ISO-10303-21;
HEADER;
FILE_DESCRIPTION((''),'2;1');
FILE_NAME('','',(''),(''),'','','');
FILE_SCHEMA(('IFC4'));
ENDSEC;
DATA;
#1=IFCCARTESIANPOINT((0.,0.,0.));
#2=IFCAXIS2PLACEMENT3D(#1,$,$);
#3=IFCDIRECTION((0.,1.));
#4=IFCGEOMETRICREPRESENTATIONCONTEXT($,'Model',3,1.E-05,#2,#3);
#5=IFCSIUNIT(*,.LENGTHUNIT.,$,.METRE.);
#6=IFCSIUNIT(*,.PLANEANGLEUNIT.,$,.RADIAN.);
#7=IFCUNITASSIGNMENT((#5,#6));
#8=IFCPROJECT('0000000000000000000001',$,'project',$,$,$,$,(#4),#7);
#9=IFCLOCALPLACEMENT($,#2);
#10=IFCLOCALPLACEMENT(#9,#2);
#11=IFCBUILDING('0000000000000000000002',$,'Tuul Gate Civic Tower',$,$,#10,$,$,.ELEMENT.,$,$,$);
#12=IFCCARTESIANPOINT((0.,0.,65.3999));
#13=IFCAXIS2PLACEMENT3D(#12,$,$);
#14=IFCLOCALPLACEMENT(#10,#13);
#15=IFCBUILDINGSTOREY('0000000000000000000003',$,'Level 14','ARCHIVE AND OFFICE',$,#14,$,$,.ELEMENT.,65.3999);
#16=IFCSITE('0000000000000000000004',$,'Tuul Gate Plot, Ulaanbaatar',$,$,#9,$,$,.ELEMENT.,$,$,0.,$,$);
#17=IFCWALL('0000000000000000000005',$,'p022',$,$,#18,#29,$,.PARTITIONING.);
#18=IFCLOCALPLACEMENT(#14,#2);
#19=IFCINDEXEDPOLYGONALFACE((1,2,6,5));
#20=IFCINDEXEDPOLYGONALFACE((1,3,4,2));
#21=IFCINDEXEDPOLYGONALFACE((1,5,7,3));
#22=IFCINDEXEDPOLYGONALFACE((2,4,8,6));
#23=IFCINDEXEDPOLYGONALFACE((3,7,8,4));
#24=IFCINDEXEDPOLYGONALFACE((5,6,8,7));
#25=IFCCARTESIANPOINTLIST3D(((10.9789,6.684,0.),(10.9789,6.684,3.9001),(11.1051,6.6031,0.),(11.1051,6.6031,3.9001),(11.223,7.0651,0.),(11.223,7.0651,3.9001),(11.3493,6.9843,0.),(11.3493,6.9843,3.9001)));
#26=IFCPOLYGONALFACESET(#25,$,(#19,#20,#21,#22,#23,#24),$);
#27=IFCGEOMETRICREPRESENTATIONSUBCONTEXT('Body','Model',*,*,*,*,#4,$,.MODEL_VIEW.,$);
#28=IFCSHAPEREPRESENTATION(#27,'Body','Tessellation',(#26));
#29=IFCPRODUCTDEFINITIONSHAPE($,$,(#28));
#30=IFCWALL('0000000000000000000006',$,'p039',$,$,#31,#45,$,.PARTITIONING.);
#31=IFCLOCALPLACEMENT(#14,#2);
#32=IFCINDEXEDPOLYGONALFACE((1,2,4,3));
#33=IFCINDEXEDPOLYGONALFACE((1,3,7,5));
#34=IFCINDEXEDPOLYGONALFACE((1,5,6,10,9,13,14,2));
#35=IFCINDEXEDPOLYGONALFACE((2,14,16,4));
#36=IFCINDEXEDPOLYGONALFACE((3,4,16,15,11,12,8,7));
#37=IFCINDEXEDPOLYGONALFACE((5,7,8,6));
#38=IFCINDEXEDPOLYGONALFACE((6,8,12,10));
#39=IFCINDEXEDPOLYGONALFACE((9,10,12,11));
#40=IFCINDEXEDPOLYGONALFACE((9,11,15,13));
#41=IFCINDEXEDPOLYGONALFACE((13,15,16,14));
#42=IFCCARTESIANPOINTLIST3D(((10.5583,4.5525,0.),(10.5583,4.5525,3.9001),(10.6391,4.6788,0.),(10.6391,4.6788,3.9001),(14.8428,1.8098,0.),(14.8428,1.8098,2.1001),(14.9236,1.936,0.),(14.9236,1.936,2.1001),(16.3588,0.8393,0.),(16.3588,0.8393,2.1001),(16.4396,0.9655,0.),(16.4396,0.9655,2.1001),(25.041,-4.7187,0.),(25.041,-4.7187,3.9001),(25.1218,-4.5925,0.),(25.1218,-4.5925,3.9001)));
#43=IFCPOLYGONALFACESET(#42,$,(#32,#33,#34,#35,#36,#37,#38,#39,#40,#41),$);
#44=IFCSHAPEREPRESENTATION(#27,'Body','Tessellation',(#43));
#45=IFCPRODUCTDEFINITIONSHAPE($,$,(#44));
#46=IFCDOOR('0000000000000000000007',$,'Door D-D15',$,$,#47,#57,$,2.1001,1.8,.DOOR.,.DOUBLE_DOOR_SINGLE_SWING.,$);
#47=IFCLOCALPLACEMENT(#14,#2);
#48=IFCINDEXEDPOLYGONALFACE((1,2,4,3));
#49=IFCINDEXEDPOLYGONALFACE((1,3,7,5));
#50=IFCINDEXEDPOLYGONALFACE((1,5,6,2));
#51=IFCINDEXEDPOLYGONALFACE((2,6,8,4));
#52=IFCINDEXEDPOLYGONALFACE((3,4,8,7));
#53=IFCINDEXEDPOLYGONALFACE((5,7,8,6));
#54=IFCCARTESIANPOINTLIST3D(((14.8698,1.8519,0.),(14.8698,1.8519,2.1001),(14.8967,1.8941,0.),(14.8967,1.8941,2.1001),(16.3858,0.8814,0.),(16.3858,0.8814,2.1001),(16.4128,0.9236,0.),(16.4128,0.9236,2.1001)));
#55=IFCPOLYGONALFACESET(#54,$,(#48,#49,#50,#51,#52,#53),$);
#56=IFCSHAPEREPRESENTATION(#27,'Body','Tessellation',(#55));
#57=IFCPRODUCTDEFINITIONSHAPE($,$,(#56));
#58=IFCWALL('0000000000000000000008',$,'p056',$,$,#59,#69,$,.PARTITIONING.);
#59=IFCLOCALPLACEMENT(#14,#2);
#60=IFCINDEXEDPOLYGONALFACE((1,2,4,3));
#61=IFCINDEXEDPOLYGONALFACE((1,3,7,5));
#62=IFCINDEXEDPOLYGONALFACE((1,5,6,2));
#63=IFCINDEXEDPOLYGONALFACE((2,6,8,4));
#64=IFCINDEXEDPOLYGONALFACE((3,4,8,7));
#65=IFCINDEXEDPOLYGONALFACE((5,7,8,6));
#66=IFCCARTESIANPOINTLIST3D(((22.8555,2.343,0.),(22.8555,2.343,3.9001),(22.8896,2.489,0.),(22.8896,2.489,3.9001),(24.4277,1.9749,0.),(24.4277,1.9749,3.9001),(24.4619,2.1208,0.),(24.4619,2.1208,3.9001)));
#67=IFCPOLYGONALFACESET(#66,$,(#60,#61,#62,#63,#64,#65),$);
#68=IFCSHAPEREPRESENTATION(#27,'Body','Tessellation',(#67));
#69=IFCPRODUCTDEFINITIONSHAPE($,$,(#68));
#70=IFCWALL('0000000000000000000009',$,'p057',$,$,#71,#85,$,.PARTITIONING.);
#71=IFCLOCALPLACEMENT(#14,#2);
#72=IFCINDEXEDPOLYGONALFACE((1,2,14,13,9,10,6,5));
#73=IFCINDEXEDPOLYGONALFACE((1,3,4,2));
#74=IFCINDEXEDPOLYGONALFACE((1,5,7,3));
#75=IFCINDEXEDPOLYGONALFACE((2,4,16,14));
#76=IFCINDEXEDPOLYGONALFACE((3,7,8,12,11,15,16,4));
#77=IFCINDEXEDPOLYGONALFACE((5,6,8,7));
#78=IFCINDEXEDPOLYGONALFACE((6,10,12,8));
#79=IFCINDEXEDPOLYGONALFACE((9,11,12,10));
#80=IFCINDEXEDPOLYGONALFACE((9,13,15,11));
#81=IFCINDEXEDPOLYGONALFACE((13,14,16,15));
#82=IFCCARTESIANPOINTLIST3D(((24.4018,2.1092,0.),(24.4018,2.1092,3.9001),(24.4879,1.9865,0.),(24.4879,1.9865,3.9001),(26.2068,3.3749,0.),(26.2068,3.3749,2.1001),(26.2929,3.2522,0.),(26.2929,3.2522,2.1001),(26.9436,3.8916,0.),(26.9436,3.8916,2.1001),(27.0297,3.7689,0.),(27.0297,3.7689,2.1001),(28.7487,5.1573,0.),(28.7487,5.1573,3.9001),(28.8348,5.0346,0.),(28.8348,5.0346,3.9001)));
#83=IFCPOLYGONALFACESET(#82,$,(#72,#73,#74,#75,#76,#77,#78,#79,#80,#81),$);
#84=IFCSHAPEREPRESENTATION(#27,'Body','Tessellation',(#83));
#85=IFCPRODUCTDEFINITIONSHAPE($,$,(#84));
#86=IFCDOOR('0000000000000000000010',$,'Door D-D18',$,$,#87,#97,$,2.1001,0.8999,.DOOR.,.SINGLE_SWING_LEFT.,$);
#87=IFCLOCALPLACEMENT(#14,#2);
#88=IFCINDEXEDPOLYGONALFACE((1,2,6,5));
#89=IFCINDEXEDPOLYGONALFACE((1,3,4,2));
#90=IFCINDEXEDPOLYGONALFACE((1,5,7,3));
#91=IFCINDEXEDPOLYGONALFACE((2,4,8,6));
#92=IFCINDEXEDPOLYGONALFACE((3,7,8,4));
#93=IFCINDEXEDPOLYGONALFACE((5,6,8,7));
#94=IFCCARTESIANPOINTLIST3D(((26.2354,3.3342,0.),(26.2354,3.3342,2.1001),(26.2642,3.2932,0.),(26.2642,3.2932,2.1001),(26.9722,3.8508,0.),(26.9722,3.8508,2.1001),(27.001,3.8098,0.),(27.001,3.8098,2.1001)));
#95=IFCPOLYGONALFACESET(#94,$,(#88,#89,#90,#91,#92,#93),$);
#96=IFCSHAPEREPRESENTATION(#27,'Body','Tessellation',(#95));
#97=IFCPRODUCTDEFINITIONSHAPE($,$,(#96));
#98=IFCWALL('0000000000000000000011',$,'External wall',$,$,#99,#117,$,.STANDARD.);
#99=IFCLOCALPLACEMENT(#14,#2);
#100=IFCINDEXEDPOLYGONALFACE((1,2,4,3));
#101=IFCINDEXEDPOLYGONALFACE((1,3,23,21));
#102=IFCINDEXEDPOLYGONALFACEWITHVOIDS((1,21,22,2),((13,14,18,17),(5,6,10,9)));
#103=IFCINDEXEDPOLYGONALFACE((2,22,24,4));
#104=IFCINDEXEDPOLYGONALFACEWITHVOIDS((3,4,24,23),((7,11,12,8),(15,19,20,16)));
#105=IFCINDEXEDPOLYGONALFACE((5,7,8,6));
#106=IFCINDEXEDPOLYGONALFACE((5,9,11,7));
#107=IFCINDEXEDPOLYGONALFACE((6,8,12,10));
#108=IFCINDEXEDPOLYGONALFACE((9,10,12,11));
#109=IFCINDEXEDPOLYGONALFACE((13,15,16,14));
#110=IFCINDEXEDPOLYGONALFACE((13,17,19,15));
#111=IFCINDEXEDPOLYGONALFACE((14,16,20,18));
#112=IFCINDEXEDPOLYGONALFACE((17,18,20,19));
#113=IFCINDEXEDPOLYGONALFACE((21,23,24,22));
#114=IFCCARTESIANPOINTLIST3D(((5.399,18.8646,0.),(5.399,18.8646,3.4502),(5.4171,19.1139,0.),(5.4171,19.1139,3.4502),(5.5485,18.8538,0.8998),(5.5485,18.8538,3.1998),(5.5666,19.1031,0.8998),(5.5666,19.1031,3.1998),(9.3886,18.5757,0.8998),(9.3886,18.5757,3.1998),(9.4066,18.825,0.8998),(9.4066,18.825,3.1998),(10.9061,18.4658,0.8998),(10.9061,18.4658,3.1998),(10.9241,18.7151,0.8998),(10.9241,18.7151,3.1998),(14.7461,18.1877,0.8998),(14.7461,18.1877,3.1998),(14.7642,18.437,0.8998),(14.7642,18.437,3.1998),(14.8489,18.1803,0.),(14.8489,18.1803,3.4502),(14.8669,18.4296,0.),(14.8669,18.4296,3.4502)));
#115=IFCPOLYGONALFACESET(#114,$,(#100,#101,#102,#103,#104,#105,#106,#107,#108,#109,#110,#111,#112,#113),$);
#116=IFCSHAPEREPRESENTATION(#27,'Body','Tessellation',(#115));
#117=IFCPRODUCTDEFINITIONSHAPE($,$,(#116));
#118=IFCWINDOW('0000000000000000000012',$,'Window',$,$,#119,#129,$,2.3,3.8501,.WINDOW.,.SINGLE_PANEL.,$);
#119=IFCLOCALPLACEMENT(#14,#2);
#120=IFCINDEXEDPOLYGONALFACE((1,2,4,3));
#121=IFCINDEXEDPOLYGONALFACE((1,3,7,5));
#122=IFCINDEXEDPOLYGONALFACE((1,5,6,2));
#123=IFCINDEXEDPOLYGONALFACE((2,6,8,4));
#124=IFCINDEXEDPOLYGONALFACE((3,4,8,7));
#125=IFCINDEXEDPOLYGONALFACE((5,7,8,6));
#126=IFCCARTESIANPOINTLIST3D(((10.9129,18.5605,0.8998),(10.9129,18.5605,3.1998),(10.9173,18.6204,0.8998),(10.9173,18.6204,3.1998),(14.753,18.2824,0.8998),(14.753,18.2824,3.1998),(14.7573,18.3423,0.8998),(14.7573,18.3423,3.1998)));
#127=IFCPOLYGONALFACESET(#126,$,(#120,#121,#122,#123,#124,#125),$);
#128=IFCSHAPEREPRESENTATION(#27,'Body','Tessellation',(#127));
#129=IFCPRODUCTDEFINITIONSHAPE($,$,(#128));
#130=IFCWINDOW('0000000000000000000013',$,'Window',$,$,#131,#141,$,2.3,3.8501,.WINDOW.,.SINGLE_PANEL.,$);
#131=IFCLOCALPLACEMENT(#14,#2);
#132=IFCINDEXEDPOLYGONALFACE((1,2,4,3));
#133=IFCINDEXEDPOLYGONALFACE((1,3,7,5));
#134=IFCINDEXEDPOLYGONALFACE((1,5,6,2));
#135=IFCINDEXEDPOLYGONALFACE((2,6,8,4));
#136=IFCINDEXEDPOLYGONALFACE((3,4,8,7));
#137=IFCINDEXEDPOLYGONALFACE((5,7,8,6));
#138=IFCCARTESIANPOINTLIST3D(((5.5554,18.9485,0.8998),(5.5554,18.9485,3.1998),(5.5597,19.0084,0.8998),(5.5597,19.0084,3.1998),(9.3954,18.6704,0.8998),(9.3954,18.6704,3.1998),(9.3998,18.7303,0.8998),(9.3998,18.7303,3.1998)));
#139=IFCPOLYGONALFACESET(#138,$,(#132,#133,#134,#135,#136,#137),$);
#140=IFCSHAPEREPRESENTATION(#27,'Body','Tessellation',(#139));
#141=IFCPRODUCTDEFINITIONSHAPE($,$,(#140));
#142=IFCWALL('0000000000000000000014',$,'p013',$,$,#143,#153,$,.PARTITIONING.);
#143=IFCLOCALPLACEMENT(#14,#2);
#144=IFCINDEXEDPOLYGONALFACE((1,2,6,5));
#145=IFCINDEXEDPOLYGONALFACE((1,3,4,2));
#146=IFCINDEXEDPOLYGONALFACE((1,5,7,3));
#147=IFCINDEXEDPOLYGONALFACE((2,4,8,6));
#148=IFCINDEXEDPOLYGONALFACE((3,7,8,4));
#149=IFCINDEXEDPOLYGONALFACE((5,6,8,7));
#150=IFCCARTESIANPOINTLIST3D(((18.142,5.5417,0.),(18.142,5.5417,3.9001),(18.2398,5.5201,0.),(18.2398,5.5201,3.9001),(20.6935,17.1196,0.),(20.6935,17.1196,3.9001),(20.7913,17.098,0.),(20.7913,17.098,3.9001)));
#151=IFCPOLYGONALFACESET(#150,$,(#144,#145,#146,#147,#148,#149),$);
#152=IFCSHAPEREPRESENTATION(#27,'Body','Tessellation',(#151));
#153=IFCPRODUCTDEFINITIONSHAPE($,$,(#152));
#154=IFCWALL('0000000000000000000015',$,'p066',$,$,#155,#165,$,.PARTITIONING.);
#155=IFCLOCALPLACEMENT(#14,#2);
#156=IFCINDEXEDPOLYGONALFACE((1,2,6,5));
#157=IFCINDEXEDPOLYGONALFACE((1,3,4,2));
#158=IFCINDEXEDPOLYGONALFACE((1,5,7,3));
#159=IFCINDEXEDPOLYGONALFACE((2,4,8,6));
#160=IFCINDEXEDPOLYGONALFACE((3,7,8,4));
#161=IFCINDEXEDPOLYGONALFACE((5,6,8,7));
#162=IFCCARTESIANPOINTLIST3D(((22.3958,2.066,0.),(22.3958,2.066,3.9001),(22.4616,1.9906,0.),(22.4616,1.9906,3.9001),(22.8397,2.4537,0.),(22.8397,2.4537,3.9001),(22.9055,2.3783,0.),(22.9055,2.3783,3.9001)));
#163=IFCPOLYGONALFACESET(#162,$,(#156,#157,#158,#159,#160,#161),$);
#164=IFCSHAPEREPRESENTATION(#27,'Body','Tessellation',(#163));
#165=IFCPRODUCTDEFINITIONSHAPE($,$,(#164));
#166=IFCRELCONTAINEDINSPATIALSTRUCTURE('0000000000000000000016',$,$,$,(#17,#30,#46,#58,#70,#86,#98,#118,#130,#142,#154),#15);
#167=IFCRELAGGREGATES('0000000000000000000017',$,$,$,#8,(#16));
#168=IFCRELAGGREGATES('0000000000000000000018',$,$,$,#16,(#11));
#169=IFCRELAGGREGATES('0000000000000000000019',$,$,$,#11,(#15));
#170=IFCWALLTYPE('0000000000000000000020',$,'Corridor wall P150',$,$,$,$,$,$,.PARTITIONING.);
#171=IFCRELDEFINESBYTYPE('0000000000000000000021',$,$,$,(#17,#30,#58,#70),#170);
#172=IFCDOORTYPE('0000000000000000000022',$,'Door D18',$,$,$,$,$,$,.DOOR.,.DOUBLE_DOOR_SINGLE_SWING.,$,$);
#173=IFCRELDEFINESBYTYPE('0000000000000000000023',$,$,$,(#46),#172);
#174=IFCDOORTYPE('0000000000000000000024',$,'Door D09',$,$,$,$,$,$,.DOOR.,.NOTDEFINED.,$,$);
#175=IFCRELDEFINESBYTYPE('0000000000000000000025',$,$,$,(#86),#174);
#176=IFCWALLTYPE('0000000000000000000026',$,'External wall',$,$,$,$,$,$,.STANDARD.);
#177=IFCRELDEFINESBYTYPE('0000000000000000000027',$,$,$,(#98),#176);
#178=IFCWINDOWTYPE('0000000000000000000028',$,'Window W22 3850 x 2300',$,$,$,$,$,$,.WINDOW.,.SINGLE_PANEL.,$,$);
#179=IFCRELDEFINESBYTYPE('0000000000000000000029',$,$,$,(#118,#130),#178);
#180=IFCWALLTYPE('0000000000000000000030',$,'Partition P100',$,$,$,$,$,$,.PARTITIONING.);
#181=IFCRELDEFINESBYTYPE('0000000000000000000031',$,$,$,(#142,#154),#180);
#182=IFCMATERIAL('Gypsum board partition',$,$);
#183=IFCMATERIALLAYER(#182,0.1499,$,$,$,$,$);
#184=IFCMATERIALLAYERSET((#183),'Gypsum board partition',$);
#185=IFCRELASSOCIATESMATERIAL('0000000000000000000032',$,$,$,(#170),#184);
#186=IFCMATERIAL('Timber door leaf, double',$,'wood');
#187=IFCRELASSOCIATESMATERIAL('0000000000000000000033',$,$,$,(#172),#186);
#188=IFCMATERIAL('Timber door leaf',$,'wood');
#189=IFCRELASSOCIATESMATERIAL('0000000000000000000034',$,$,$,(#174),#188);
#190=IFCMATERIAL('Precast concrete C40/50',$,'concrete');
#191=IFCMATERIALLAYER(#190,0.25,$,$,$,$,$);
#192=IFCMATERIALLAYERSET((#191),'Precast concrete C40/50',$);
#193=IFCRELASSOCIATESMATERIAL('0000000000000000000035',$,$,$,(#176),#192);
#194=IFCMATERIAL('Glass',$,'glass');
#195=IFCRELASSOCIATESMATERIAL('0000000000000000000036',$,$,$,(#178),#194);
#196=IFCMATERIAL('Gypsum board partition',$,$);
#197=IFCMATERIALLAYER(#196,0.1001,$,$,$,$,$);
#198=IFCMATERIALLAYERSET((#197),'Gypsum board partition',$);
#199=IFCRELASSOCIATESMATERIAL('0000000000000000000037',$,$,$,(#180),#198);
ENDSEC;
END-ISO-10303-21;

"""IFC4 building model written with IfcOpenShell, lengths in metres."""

from ifc_helpers import new_model, si_unit, direction, frame, frame_2d, origin, place, context, subcontext, project, spatial, rectangle, extrude, material, layer, layer_set, type_object, element, fill, save


model = new_model("IFC4")

# Units and contexts
model_context = context("Model", 3, precision=1e-05, world=origin(), true_north=direction((0.0, 1.0)))
body_context = subcontext(model_context, "Body", "Model", "MODEL_VIEW")
ifc_project = project(units=[si_unit("LENGTHUNIT", "METRE"), si_unit("PLANEANGLEUNIT", "RADIAN")], contexts=[model_context])

# Site, building, storey
site_placement = place(None, origin())
site = spatial("IfcSite", under=ifc_project, at=site_placement, Name="Tuul Gate Plot, Ulaanbaatar", CompositionType="ELEMENT", RefElevation=0.0)
building_placement = place(site_placement, origin())
building = spatial("IfcBuilding", under=site, at=building_placement, Name="Tuul Gate Civic Tower", CompositionType="ELEMENT")
storey_placement = place(building_placement, frame((0.0, 0.0, 65.3999)))
storey = spatial("IfcBuildingStorey", under=building, at=storey_placement, Name="Level 14", Description="ARCHIVE AND OFFICE", CompositionType="ELEMENT", Elevation=65.3999)

# Shared definitions
ifc_material_1 = material(Name="Gypsum board partition")
ifc_layer_1 = layer(ifc_material_1, 0.1499)
ifc_layer_set_1 = layer_set([ifc_layer_1], Name="Gypsum board partition")
wall_type_1 = type_object("IfcWallType", Name="Corridor wall P150", PredefinedType="PARTITIONING", material=ifc_layer_set_1)
ifc_material_2 = material(Name="Timber door leaf, double", Category="wood")
door_type_1 = type_object("IfcDoorType", Name="Door D18", OperationType="DOUBLE_DOOR_SINGLE_SWING", PredefinedType="DOOR", material=ifc_material_2)

# Wall
wall_1_placement = place(storey_placement, frame((11.042, 6.6436, 0.0), z_axis=(0.0, 0.0, 1.0), x_axis=(0.539421, 0.842036, 0.0)))
element("IfcWall", 1, at=wall_1_placement, inside=storey, type_object=wall_type_1, Name="p022", PredefinedType="PARTITIONING", context=body_context, shape_type="SweptSolid", body=[
    extrude(rectangle(XDim=0.4526, YDim=0.1499, at=frame_2d((0.2263, 0.0))), origin(), (0.0, 0.0, 1.0), 3.9001),
])

# Wall, opening, door
wall_2_placement = place(storey_placement, frame((10.5986, 4.6157, 0.0), z_axis=(0.0, 0.0, 1.0), x_axis=(0.84221, -0.53915, 0.0)))
wall_2 = element("IfcWall", 2, at=wall_2_placement, inside=storey, type_object=wall_type_1, Name="p039", PredefinedType="PARTITIONING", context=body_context, shape_type="SweptSolid", body=[
    extrude(rectangle(XDim=17.196, YDim=0.1499, at=frame_2d((8.5981, 0.0))), origin(), (0.0, 0.0, 1.0), 3.9001),
])
opening_1_placement = place(wall_2_placement, frame((5.0874, 0.0, 0.0)))
opening_1 = element("IfcOpeningElement", 3, at=opening_1_placement, cuts=wall_2, PredefinedType="OPENING", context=body_context, shape_type="SweptSolid", body=[
    extrude(rectangle(XDim=1.8, YDim=2.1001, at=frame_2d((0.8999, 1.05))), frame((0.0, 0.085, 0.0), z_axis=(0.0, -1.0, 0.0), x_axis=(1.0, 0.0, 0.0)), (0.0, 0.0, 1.0), 0.1699),
])
door_1_placement = place(opening_1_placement, frame((1.8, 0.0, 0.0), z_axis=(0.0, 0.0, 1.0), x_axis=(-1.0, 0.0, 0.0)))
door_1 = element("IfcDoor", 4, at=door_1_placement, inside=storey, type_object=door_type_1, Name="Door D-D15", OperationType="DOUBLE_DOOR_SINGLE_SWING", OverallHeight=2.1001, OverallWidth=1.8, PredefinedType="DOOR", context=body_context, shape_type="SweptSolid", body=[
    extrude(rectangle(XDim=1.8, YDim=2.1001, at=frame_2d((0.9001, 1.05))), frame((0.0, 0.0249, 0.0), z_axis=(0.0, -1.0, 0.0), x_axis=(1.0, 0.0, 0.0)), (0.0, 0.0, 1.0), 0.05),
])
fill(opening_1, door_1)

# Wall
wall_3_placement = place(storey_placement, frame((22.8726, 2.416, 0.0), z_axis=(0.0, 0.0, 1.0), x_axis=(0.973662, -0.227994, 0.0)))
element("IfcWall", 5, at=wall_3_placement, inside=storey, type_object=wall_type_1, Name="p056", PredefinedType="PARTITIONING", context=body_context, shape_type="SweptSolid", body=[
    extrude(rectangle(XDim=1.6147, YDim=0.1499, at=frame_2d((0.8074, 0.0))), origin(), (0.0, 0.0, 1.0), 3.9001),
])

# Wall, opening, door
wall_4_placement = place(storey_placement, frame((24.4448, 2.0479, 0.0), z_axis=(0.0, 0.0, 1.0), x_axis=(0.818767, 0.574126, 0.0)))
wall_4 = element("IfcWall", 6, at=wall_4_placement, inside=storey, type_object=wall_type_1, Name="p057", PredefinedType="PARTITIONING", context=body_context, shape_type="SweptSolid", body=[
    extrude(rectangle(XDim=5.3091, YDim=0.1499, at=frame_2d((2.6545, 0.0))), origin(), (0.0, 0.0, 1.0), 3.9001),
])
opening_2_placement = place(wall_4_placement, frame((2.2046, 0.0, 0.0)))
opening_2 = element("IfcOpeningElement", 7, at=opening_2_placement, cuts=wall_4, PredefinedType="OPENING", context=body_context, shape_type="SweptSolid", body=[
    extrude(rectangle(XDim=0.8999, YDim=2.1001, at=frame_2d((0.45, 1.05))), frame((0.0, 0.085, 0.0), z_axis=(0.0, -1.0, 0.0), x_axis=(1.0, 0.0, 0.0)), (0.0, 0.0, 1.0), 0.1699),
])
ifc_material_3 = material(Name="Timber door leaf", Category="wood")
door_type_2 = type_object("IfcDoorType", Name="Door D09", OperationType="NOTDEFINED", PredefinedType="DOOR", material=ifc_material_3)
door_2_placement = place(opening_2_placement, frame((0.8999, 0.0, 0.0), z_axis=(0.0, 0.0, 1.0), x_axis=(-1.0, 0.0, 0.0)))
door_2 = element("IfcDoor", 8, at=door_2_placement, inside=storey, type_object=door_type_2, Name="Door D-D18", OperationType="SINGLE_SWING_LEFT", OverallHeight=2.1001, OverallWidth=0.8999, PredefinedType="DOOR", context=body_context, shape_type="SweptSolid", body=[
    extrude(rectangle(XDim=0.8999, YDim=2.1001, at=frame_2d((0.45, 1.05))), frame((0.0, 0.0249, 0.0), z_axis=(0.0, -1.0, 0.0), x_axis=(1.0, 0.0, 0.0)), (0.0, 0.0, 1.0), 0.05),
])
fill(opening_2, door_2)

# Wall, openings, windows
ifc_material_4 = material(Name="Precast concrete C40/50", Category="concrete")
ifc_layer_2 = layer(ifc_material_4, 0.25)
ifc_layer_set_2 = layer_set([ifc_layer_2], Name="Precast concrete C40/50")
wall_type_2 = type_object("IfcWallType", Name="External wall", PredefinedType="STANDARD", material=ifc_layer_set_2)
wall_5_placement = place(storey_placement, frame((14.8579, 18.3049, 0.0), z_axis=(0.0, 0.0, 1.0), x_axis=(-0.997388, 0.072227, 0.0)))
wall_5 = element("IfcWall", 9, at=wall_5_placement, inside=storey, type_object=wall_type_2, Name="External wall", PredefinedType="STANDARD", context=body_context, shape_type="SweptSolid", body=[
    extrude(rectangle(XDim=9.4746, YDim=0.25, at=frame_2d((4.7373, 0.0))), origin(), (0.0, 0.0, 1.0), 3.4502),
])
opening_3_placement = place(wall_5_placement, frame((0.103, 0.0, 0.8999)))
opening_3 = element("IfcOpeningElement", 10, at=opening_3_placement, cuts=wall_5, PredefinedType="OPENING", context=body_context, shape_type="SweptSolid", body=[
    extrude(rectangle(XDim=3.8501, YDim=2.3, at=frame_2d((1.925, 1.1499))), frame((0.0, 0.135, 0.0), z_axis=(0.0, -1.0, 0.0), x_axis=(1.0, 0.0, 0.0)), (0.0, 0.0, 1.0), 0.27),
])
opening_4_placement = place(wall_5_placement, frame((5.4746, 0.0, 0.8999)))
opening_4 = element("IfcOpeningElement", 11, at=opening_4_placement, cuts=wall_5, PredefinedType="OPENING", context=body_context, shape_type="SweptSolid", body=[
    extrude(rectangle(XDim=3.8501, YDim=2.3, at=frame_2d((1.925, 1.1499))), frame((0.0, 0.135, 0.0), z_axis=(0.0, -1.0, 0.0), x_axis=(1.0, 0.0, 0.0)), (0.0, 0.0, 1.0), 0.27),
])
ifc_material_5 = material(Name="Glass", Category="glass")
window_type = type_object("IfcWindowType", Name="Window W22 3850 x 2300", PartitioningType="SINGLE_PANEL", PredefinedType="WINDOW", material=ifc_material_5)
window_1_placement = place(opening_3_placement, origin())
window_1 = element("IfcWindow", 12, at=window_1_placement, inside=storey, type_object=window_type, Name="Window", OverallHeight=2.3, OverallWidth=3.8501, PartitioningType="SINGLE_PANEL", PredefinedType="WINDOW", context=body_context, shape_type="SweptSolid", body=[
    extrude(rectangle(XDim=3.8501, YDim=2.3, at=frame_2d((1.925, 1.1499))), frame((0.0, 0.03, 0.0), z_axis=(0.0, -1.0, 0.0), x_axis=(1.0, 0.0, 0.0)), (0.0, 0.0, 1.0), 0.0601),
])
fill(opening_3, window_1)
window_2_placement = place(opening_4_placement, origin())
window_2 = element("IfcWindow", 13, at=window_2_placement, inside=storey, type_object=window_type, Name="Window", OverallHeight=2.3, OverallWidth=3.8501, PartitioningType="SINGLE_PANEL", PredefinedType="WINDOW", context=body_context, shape_type="SweptSolid", body=[
    extrude(rectangle(XDim=3.8501, YDim=2.3, at=frame_2d((1.925, 1.1499))), frame((0.0, 0.03, 0.0), z_axis=(0.0, -1.0, 0.0), x_axis=(1.0, 0.0, 0.0)), (0.0, 0.0, 1.0), 0.0601),
])
fill(opening_4, window_2)

# Walls
ifc_material_6 = material(Name="Gypsum board partition")
ifc_layer_3 = layer(ifc_material_6, 0.1001)
ifc_layer_set_3 = layer_set([ifc_layer_3], Name="Gypsum board partition")
wall_type_3 = type_object("IfcWallType", Name="Partition P100", PredefinedType="PARTITIONING", material=ifc_layer_set_3)
wall_6_placement = place(storey_placement, frame((18.1909, 5.531, 0.0), z_axis=(0.0, 0.0, 1.0), x_axis=(0.215214, 0.976567, 0.0)))
element("IfcWall", 14, at=wall_6_placement, inside=storey, type_object=wall_type_3, Name="p013", PredefinedType="PARTITIONING", context=body_context, shape_type="SweptSolid", body=[
    extrude(rectangle(XDim=11.8557, YDim=0.1001, at=frame_2d((5.9277, 0.0))), origin(), (0.0, 0.0, 1.0), 3.9001),
])
wall_7_placement = place(storey_placement, frame((22.4287, 2.0283, 0.0), z_axis=(0.0, 0.0, 1.0), x_axis=(0.753141, 0.657859, 0.0)))
element("IfcWall", 15, at=wall_7_placement, inside=storey, type_object=wall_type_3, Name="p066", PredefinedType="PARTITIONING", context=body_context, shape_type="SweptSolid", body=[
    extrude(rectangle(XDim=0.5894, YDim=0.1001, at=frame_2d((0.2947, 0.0))), origin(), (0.0, 0.0, 1.0), 3.9001),
])

save(model, "model.ifc")
